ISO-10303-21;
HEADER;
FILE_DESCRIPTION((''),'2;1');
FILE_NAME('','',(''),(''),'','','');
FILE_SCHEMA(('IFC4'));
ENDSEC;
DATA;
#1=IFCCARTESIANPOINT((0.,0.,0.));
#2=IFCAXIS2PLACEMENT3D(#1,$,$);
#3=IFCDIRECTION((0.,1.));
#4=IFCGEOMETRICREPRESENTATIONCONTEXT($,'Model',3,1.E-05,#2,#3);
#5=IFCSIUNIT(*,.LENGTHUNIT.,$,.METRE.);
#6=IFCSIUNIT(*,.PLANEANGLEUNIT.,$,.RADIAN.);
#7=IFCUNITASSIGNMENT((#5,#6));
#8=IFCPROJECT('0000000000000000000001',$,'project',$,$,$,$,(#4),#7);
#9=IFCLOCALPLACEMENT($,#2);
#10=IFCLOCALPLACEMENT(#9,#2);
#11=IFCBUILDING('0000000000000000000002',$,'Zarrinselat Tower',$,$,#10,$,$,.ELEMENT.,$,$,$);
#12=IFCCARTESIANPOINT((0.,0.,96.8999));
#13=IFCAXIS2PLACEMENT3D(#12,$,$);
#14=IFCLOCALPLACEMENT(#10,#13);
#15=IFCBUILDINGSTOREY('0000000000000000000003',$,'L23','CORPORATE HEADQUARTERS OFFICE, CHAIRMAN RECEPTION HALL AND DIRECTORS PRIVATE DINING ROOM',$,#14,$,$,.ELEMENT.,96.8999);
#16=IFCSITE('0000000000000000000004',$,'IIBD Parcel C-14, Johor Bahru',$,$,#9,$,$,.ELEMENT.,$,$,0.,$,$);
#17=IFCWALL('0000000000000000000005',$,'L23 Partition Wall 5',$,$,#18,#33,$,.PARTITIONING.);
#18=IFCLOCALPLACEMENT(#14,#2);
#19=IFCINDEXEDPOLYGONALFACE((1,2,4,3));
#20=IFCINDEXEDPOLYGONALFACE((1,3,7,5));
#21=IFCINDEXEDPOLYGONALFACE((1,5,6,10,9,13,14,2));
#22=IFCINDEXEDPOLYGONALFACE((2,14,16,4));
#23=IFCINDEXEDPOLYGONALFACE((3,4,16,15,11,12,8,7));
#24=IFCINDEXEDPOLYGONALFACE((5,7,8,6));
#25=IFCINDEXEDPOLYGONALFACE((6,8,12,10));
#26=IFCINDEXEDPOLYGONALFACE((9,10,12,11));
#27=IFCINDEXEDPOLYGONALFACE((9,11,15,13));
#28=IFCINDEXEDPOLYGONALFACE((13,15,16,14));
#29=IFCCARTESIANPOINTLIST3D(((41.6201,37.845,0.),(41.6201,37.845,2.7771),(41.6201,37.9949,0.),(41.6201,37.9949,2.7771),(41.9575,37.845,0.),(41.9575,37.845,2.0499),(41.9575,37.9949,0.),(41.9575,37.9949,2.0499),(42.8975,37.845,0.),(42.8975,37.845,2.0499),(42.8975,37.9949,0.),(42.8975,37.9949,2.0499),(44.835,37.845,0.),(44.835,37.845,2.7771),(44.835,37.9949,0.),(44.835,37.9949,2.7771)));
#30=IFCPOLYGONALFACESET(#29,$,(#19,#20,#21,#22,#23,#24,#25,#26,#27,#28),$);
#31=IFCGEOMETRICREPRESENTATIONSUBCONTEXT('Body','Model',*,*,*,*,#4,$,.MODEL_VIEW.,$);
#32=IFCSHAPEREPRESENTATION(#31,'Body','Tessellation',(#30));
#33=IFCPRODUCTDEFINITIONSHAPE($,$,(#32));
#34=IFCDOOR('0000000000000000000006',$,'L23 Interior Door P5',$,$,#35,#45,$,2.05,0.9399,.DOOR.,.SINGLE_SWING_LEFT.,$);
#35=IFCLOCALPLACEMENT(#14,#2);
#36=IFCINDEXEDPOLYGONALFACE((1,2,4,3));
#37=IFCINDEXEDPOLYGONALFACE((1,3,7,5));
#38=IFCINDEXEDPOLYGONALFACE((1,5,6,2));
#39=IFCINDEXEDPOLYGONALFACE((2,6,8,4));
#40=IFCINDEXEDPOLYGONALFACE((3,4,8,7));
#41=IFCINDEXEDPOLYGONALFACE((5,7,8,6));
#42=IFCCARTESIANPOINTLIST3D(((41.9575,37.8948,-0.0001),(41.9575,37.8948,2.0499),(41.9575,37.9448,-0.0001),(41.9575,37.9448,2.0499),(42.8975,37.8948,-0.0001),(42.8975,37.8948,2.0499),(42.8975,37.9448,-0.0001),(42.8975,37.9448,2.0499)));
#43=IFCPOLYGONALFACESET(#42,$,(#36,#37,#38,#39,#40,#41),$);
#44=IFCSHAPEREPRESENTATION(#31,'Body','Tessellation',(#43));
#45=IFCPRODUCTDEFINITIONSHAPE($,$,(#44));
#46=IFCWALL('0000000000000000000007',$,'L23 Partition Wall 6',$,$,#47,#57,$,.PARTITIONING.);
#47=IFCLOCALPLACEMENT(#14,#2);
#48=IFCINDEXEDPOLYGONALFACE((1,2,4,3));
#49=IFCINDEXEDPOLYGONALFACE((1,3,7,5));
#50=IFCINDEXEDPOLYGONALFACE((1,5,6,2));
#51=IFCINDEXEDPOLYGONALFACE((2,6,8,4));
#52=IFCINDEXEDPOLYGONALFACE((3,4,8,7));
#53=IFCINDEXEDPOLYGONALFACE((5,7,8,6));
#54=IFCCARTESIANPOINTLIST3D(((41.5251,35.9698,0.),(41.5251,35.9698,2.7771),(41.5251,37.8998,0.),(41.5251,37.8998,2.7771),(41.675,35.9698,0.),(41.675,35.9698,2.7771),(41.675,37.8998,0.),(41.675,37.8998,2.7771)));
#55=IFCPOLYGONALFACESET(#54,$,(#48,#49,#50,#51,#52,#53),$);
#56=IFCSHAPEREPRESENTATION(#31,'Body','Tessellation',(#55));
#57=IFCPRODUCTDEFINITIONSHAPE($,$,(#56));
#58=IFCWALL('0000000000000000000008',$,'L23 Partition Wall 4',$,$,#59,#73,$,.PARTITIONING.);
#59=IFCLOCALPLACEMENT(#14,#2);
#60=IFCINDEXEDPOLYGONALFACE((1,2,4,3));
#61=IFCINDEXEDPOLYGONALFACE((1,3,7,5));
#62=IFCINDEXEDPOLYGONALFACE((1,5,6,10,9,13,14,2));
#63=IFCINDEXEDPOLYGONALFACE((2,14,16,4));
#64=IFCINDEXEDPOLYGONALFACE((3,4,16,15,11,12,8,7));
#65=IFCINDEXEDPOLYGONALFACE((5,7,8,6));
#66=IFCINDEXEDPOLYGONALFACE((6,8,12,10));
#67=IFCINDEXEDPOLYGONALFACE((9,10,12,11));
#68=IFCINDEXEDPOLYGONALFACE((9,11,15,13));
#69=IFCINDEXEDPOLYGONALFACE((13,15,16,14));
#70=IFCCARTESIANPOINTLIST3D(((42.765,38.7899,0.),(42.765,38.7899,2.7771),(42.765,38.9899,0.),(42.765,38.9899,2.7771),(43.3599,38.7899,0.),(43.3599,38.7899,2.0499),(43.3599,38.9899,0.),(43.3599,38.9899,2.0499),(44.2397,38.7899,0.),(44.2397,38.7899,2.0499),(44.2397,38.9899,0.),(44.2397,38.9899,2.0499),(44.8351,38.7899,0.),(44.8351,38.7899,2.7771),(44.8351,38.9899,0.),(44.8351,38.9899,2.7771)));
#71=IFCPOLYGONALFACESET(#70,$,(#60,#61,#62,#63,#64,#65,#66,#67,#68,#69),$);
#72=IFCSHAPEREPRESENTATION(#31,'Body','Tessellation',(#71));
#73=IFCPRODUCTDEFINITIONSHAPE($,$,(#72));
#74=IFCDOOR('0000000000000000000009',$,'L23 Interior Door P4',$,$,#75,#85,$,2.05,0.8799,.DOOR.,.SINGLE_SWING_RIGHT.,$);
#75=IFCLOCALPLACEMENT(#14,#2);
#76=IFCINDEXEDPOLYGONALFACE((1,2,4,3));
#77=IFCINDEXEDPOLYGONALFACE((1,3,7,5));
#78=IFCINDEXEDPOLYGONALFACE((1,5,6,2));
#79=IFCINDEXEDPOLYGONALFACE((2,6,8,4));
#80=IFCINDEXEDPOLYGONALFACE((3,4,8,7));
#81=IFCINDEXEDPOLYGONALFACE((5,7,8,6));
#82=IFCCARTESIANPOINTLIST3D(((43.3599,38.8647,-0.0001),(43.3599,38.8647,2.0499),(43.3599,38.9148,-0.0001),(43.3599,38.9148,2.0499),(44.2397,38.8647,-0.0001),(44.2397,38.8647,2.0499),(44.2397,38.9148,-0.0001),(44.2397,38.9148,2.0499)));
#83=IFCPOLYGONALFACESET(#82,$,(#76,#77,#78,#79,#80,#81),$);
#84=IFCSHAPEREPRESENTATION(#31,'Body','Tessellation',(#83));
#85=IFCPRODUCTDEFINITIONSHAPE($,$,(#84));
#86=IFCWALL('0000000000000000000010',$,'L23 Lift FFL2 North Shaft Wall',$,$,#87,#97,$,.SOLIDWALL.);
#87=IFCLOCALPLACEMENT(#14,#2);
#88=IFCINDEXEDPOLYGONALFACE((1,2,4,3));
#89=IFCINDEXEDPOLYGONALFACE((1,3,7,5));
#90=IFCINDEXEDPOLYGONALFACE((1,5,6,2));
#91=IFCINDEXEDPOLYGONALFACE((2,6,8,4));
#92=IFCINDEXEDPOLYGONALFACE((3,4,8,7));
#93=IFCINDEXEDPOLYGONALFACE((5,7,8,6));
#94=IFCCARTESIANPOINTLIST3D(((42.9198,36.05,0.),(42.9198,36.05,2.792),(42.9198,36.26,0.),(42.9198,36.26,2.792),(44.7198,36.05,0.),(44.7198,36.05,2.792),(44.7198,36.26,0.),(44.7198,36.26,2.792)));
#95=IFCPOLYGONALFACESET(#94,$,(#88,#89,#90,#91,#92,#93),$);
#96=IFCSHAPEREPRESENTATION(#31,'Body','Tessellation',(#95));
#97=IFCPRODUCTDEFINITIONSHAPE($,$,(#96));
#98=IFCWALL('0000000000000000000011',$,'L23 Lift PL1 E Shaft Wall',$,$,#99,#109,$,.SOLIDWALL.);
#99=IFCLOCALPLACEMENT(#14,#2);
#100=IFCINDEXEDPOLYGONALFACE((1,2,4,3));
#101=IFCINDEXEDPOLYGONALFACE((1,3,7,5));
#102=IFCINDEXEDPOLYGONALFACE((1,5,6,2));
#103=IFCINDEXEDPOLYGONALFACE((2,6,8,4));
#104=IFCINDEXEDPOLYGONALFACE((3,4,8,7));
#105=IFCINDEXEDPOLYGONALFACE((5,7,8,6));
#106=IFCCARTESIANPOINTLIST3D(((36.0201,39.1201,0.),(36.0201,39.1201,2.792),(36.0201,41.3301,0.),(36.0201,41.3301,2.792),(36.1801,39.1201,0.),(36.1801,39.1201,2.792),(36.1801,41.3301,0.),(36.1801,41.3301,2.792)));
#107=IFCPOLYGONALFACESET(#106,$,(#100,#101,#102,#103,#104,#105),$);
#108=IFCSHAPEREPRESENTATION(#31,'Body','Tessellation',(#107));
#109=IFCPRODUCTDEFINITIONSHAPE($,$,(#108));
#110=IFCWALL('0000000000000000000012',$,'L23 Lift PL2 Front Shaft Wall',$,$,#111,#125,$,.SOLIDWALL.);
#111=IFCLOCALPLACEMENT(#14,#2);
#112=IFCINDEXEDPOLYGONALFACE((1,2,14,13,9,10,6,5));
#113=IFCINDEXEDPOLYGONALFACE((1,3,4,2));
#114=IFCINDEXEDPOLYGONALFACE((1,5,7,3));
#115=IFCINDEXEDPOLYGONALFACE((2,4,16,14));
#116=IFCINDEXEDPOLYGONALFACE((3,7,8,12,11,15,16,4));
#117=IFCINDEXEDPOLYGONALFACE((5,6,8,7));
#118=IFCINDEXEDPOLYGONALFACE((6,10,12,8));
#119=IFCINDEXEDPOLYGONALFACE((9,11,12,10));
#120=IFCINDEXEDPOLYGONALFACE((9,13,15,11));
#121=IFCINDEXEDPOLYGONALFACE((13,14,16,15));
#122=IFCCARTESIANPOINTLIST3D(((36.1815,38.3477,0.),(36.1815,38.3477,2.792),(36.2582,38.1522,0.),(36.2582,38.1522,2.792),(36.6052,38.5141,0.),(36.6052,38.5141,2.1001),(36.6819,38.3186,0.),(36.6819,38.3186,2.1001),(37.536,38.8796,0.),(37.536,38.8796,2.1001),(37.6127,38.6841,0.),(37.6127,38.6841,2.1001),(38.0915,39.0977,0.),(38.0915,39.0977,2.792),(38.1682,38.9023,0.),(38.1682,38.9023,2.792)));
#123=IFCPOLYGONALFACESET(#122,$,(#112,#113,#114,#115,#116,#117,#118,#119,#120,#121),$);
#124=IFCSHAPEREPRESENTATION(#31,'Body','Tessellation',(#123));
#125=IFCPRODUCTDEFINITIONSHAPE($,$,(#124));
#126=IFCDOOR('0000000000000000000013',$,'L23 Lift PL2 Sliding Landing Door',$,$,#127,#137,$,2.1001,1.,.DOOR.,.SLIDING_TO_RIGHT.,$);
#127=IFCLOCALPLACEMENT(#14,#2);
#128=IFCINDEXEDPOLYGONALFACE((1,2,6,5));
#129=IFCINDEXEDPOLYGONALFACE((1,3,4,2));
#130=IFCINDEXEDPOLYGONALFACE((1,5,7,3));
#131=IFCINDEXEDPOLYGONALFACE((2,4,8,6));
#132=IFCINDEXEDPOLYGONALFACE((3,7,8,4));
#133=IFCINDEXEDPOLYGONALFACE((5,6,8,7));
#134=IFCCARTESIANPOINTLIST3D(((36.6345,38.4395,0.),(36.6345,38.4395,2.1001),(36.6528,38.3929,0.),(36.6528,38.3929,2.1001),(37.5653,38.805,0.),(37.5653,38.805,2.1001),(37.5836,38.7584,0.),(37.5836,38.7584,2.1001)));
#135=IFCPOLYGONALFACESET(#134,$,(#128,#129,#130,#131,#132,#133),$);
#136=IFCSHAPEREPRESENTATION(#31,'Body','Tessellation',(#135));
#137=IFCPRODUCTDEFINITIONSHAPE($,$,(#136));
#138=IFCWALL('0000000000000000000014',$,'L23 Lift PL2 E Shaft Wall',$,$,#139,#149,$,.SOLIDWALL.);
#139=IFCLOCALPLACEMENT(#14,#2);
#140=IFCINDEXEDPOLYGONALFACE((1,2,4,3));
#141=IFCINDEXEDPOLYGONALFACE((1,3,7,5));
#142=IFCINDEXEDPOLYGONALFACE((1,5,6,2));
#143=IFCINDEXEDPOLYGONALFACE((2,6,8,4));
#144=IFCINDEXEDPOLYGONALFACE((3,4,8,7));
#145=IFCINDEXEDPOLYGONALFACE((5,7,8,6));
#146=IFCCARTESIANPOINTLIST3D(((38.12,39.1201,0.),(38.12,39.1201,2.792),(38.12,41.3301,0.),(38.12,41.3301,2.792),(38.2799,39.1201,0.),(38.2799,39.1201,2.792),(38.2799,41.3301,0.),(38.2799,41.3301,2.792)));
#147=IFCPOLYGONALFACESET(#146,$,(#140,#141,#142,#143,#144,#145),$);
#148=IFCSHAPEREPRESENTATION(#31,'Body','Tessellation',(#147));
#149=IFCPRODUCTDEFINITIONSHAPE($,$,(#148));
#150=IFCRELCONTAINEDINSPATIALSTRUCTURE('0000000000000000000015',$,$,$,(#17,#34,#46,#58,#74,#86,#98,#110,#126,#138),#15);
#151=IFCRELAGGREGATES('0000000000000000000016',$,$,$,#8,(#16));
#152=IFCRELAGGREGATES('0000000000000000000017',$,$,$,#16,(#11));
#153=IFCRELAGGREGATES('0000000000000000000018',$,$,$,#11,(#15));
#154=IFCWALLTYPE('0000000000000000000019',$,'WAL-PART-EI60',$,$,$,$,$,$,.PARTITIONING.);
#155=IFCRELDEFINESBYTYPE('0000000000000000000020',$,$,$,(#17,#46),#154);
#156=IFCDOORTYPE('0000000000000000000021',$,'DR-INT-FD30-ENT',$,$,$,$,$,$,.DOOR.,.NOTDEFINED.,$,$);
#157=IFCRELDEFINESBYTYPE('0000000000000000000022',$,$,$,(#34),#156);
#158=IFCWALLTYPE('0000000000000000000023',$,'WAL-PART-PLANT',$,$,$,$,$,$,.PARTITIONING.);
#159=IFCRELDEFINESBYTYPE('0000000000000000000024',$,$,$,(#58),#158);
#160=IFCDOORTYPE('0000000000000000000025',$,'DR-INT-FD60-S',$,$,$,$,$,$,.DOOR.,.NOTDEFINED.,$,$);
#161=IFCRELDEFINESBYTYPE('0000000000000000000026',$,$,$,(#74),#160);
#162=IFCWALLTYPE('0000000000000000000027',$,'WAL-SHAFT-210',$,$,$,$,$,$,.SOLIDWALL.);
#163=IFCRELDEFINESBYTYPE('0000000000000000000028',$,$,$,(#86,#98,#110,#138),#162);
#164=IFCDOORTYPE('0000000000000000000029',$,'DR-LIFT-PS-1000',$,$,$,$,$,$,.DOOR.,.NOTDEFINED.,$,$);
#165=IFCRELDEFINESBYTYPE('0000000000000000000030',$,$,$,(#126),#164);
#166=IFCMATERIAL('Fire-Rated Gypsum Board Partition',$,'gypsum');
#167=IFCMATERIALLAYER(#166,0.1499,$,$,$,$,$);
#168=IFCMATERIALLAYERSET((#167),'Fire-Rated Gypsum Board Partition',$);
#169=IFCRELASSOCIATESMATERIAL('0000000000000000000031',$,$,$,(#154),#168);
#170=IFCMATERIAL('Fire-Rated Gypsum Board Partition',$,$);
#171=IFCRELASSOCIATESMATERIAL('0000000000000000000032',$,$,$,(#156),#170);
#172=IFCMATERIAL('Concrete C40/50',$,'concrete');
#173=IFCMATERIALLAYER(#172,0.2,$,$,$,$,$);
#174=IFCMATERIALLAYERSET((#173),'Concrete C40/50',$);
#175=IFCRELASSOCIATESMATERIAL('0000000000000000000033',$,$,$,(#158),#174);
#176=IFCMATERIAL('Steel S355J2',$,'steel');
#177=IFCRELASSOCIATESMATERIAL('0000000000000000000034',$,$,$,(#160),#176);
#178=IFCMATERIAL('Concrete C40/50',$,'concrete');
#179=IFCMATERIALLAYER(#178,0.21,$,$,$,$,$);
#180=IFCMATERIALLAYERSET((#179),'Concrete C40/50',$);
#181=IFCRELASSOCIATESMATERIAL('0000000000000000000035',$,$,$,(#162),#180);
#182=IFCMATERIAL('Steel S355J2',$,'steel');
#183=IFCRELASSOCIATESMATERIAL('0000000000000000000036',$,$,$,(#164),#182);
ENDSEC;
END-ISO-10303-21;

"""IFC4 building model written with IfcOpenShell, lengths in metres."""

from ifc_helpers import new_model, si_unit, direction, frame, frame_2d, origin, place, context, subcontext, project, spatial, rectangle, extrude, material, layer, layer_set, type_object, element, fill, save


model = new_model("IFC4")

# Units and contexts
model_context = context("Model", 3, precision=1e-05, world=origin(), true_north=direction((0.0, 1.0)))
body_context = subcontext(model_context, "Body", "Model", "MODEL_VIEW")
ifc_project = project(units=[si_unit("LENGTHUNIT", "METRE"), si_unit("PLANEANGLEUNIT", "RADIAN")], contexts=[model_context])

# Site, building, storey
site_placement = place(None, origin())
site = spatial("IfcSite", under=ifc_project, at=site_placement, Name="IIBD Parcel C-14, Johor Bahru", CompositionType="ELEMENT", RefElevation=0.0)
building_placement = place(site_placement, origin())
building = spatial("IfcBuilding", under=site, at=building_placement, Name="Zarrinselat Tower", CompositionType="ELEMENT")
storey_placement = place(building_placement, frame((0.0, 0.0, 96.8999)))
storey = spatial("IfcBuildingStorey", under=building, at=storey_placement, Name="L23", Description="CORPORATE HEADQUARTERS OFFICE, CHAIRMAN RECEPTION HALL AND DIRECTORS PRIVATE DINING ROOM", CompositionType="ELEMENT", Elevation=96.8999)

# Wall, opening, door
ifc_material_1 = material(Name="Fire-Rated Gypsum Board Partition", Category="gypsum")
ifc_layer_1 = layer(ifc_material_1, 0.1499)
ifc_layer_set_1 = layer_set([ifc_layer_1], Name="Fire-Rated Gypsum Board Partition")
wall_type_1 = type_object("IfcWallType", Name="WAL-PART-EI60", PredefinedType="PARTITIONING", material=ifc_layer_set_1)
wall_1_placement = place(storey_placement, frame((41.6201, 37.9199, 0.0), z_axis=(0.0, 0.0, 1.0), x_axis=(1.0, 0.0, 0.0)))
wall_1 = element("IfcWall", 1, at=wall_1_placement, inside=storey, type_object=wall_type_1, Name="L23 Partition Wall 5", PredefinedType="PARTITIONING", context=body_context, shape_type="SweptSolid", body=[
    extrude(rectangle(XDim=3.2148, YDim=0.1499, at=frame_2d((1.6074, 0.0))), origin(), (0.0, 0.0, 1.0), 2.7771),
])
opening_1_placement = place(wall_1_placement, frame((0.3374, 0.0, 0.0)))
opening_1 = element("IfcOpeningElement", 2, at=opening_1_placement, cuts=wall_1, PredefinedType="OPENING", context=body_context, shape_type="SweptSolid", body=[
    extrude(rectangle(XDim=0.9399, YDim=2.05, at=frame_2d((0.47, 1.0249))), frame((0.0, 0.085, 0.0), z_axis=(0.0, -1.0, 0.0), x_axis=(1.0, 0.0, 0.0)), (0.0, 0.0, 1.0), 0.1699),
])
ifc_material_2 = material(Name="Fire-Rated Gypsum Board Partition")
door_type_1 = type_object("IfcDoorType", Name="DR-INT-FD30-ENT", OperationType="NOTDEFINED", PredefinedType="DOOR", material=ifc_material_2)
door_1_placement = place(opening_1_placement, origin())
door_1 = element("IfcDoor", 3, at=door_1_placement, inside=storey, type_object=door_type_1, Name="L23 Interior Door P5", OperationType="SINGLE_SWING_LEFT", OverallHeight=2.05, OverallWidth=0.9399, PredefinedType="DOOR", context=body_context, shape_type="SweptSolid", body=[
    extrude(rectangle(XDim=0.9399, YDim=2.05, at=frame_2d((0.47, 1.0249))), frame((0.0, 0.0249, 0.0), z_axis=(0.0, -1.0, 0.0), x_axis=(1.0, 0.0, 0.0)), (0.0, 0.0, 1.0), 0.05),
])
fill(opening_1, door_1)

# Wall
wall_2_placement = place(storey_placement, frame((41.6001, 35.97, 0.0), z_axis=(0.0, 0.0, 1.0), x_axis=(0.0, 1.0, 0.0)))
element("IfcWall", 4, at=wall_2_placement, inside=storey, type_object=wall_type_1, Name="L23 Partition Wall 6", PredefinedType="PARTITIONING", context=body_context, shape_type="SweptSolid", body=[
    extrude(rectangle(XDim=1.9299, YDim=0.1499, at=frame_2d((0.9648, 0.0))), origin(), (0.0, 0.0, 1.0), 2.7771),
])

# Wall, opening, door
ifc_material_3 = material(Name="Concrete C40/50", Category="concrete")
ifc_layer_2 = layer(ifc_material_3, 0.2)
ifc_layer_set_2 = layer_set([ifc_layer_2], Name="Concrete C40/50")
wall_type_2 = type_object("IfcWallType", Name="WAL-PART-PLANT", PredefinedType="PARTITIONING", material=ifc_layer_set_2)
wall_3_placement = place(storey_placement, frame((42.7649, 38.8899, 0.0), z_axis=(0.0, 0.0, 1.0), x_axis=(1.0, 0.0, 0.0)))
wall_3 = element("IfcWall", 5, at=wall_3_placement, inside=storey, type_object=wall_type_2, Name="L23 Partition Wall 4", PredefinedType="PARTITIONING", context=body_context, shape_type="SweptSolid", body=[
    extrude(rectangle(XDim=2.0701, YDim=0.2, at=frame_2d((1.0352, 0.0))), origin(), (0.0, 0.0, 1.0), 2.7771),
])
opening_2_placement = place(wall_3_placement, frame((0.595, 0.0, 0.0)))
opening_2 = element("IfcOpeningElement", 6, at=opening_2_placement, cuts=wall_3, PredefinedType="OPENING", context=body_context, shape_type="SweptSolid", body=[
    extrude(rectangle(XDim=0.8799, YDim=2.05, at=frame_2d((0.4399, 1.0249))), frame((0.0, 0.1099, 0.0), z_axis=(0.0, -1.0, 0.0), x_axis=(1.0, 0.0, 0.0)), (0.0, 0.0, 1.0), 0.22),
])
ifc_material_4 = material(Name="Steel S355J2", Category="steel")
door_type_2 = type_object("IfcDoorType", Name="DR-INT-FD60-S", OperationType="NOTDEFINED", PredefinedType="DOOR", material=ifc_material_4)
door_2_placement = place(opening_2_placement, origin())
door_2 = element("IfcDoor", 7, at=door_2_placement, inside=storey, type_object=door_type_2, Name="L23 Interior Door P4", OperationType="SINGLE_SWING_RIGHT", OverallHeight=2.05, OverallWidth=0.8799, PredefinedType="DOOR", context=body_context, shape_type="SweptSolid", body=[
    extrude(rectangle(XDim=0.8799, YDim=2.05, at=frame_2d((0.4399, 1.0249))), frame((0.0, 0.0249, 0.0), z_axis=(0.0, -1.0, 0.0), x_axis=(1.0, 0.0, 0.0)), (0.0, 0.0, 1.0), 0.05),
])
fill(opening_2, door_2)

# Walls
ifc_material_5 = material(Name="Concrete C40/50", Category="concrete")
ifc_layer_3 = layer(ifc_material_5, 0.21)
ifc_layer_set_3 = layer_set([ifc_layer_3], Name="Concrete C40/50")
wall_type_3 = type_object("IfcWallType", Name="WAL-SHAFT-210", PredefinedType="SOLIDWALL", material=ifc_layer_set_3)
wall_4_placement = place(storey_placement, frame((42.9199, 36.155, 0.0), z_axis=(0.0, 0.0, 1.0), x_axis=(1.0, 0.0, 0.0)))
element("IfcWall", 8, at=wall_4_placement, inside=storey, type_object=wall_type_3, Name="L23 Lift FFL2 North Shaft Wall", PredefinedType="SOLIDWALL", context=body_context, shape_type="SweptSolid", body=[
    extrude(rectangle(XDim=1.8, YDim=0.21, at=frame_2d((0.8999, 0.0))), origin(), (0.0, 0.0, 1.0), 2.792),
])
wall_5_placement = place(storey_placement, frame((36.1001, 39.1201, 0.0), z_axis=(0.0, 0.0, 1.0), x_axis=(0.0, 1.0, 0.0)))
element("IfcWall", 9, at=wall_5_placement, inside=storey, type_object=wall_type_3, Name="L23 Lift PL1 E Shaft Wall", PredefinedType="SOLIDWALL", context=body_context, shape_type="SweptSolid", body=[
    extrude(rectangle(XDim=2.21, YDim=0.1599, at=frame_2d((1.105, 0.0))), origin(), (0.0, 0.0, 1.0), 2.792),
])

# Wall, opening, door
wall_6_placement = place(storey_placement, frame((36.22, 38.25, 0.0), z_axis=(0.0, 0.0, 1.0), x_axis=(0.930805, 0.365516, 0.0)))
wall_6 = element("IfcWall", 10, at=wall_6_placement, inside=storey, type_object=wall_type_3, Name="L23 Lift PL2 Front Shaft Wall", PredefinedType="SOLIDWALL", context=body_context, shape_type="SweptSolid", body=[
    extrude(rectangle(XDim=2.052, YDim=0.21, at=frame_2d((1.0259, 0.0))), origin(), (0.0, 0.0, 1.0), 2.792),
])
opening_3_placement = place(wall_6_placement, frame((0.4551, 0.0, 0.0)))
opening_3 = element("IfcOpeningElement", 11, at=opening_3_placement, cuts=wall_6, PredefinedType="OPENING", context=body_context, shape_type="SweptSolid", body=[
    extrude(rectangle(XDim=1.0, YDim=2.1001, at=frame_2d((0.5, 1.05))), frame((0.0, 0.115, 0.0), z_axis=(0.0, -1.0, 0.0), x_axis=(1.0, 0.0, 0.0)), (0.0, 0.0, 1.0), 0.23),
])
ifc_material_6 = material(Name="Steel S355J2", Category="steel")
door_type_3 = type_object("IfcDoorType", Name="DR-LIFT-PS-1000", OperationType="NOTDEFINED", PredefinedType="DOOR", material=ifc_material_6)
door_3_placement = place(opening_3_placement, origin())
door_3 = element("IfcDoor", 12, at=door_3_placement, inside=storey, type_object=door_type_3, Name="L23 Lift PL2 Sliding Landing Door", OperationType="SLIDING_TO_RIGHT", OverallHeight=2.1001, OverallWidth=1.0, PredefinedType="DOOR", context=body_context, shape_type="SweptSolid", body=[
    extrude(rectangle(XDim=1.0, YDim=2.1001, at=frame_2d((0.5, 1.05))), frame((0.0, 0.0249, 0.0), z_axis=(0.0, -1.0, 0.0), x_axis=(1.0, 0.0, 0.0)), (0.0, 0.0, 1.0), 0.05),
])
fill(opening_3, door_3)

# Wall
wall_7_placement = place(storey_placement, frame((38.2, 39.1201, 0.0), z_axis=(0.0, 0.0, 1.0), x_axis=(0.0, 1.0, 0.0)))
element("IfcWall", 13, at=wall_7_placement, inside=storey, type_object=wall_type_3, Name="L23 Lift PL2 E Shaft Wall", PredefinedType="SOLIDWALL", context=body_context, shape_type="SweptSolid", body=[
    extrude(rectangle(XDim=2.21, YDim=0.1599, at=frame_2d((1.105, 0.0))), origin(), (0.0, 0.0, 1.0), 2.792),
])

save(model, "model.ifc")
